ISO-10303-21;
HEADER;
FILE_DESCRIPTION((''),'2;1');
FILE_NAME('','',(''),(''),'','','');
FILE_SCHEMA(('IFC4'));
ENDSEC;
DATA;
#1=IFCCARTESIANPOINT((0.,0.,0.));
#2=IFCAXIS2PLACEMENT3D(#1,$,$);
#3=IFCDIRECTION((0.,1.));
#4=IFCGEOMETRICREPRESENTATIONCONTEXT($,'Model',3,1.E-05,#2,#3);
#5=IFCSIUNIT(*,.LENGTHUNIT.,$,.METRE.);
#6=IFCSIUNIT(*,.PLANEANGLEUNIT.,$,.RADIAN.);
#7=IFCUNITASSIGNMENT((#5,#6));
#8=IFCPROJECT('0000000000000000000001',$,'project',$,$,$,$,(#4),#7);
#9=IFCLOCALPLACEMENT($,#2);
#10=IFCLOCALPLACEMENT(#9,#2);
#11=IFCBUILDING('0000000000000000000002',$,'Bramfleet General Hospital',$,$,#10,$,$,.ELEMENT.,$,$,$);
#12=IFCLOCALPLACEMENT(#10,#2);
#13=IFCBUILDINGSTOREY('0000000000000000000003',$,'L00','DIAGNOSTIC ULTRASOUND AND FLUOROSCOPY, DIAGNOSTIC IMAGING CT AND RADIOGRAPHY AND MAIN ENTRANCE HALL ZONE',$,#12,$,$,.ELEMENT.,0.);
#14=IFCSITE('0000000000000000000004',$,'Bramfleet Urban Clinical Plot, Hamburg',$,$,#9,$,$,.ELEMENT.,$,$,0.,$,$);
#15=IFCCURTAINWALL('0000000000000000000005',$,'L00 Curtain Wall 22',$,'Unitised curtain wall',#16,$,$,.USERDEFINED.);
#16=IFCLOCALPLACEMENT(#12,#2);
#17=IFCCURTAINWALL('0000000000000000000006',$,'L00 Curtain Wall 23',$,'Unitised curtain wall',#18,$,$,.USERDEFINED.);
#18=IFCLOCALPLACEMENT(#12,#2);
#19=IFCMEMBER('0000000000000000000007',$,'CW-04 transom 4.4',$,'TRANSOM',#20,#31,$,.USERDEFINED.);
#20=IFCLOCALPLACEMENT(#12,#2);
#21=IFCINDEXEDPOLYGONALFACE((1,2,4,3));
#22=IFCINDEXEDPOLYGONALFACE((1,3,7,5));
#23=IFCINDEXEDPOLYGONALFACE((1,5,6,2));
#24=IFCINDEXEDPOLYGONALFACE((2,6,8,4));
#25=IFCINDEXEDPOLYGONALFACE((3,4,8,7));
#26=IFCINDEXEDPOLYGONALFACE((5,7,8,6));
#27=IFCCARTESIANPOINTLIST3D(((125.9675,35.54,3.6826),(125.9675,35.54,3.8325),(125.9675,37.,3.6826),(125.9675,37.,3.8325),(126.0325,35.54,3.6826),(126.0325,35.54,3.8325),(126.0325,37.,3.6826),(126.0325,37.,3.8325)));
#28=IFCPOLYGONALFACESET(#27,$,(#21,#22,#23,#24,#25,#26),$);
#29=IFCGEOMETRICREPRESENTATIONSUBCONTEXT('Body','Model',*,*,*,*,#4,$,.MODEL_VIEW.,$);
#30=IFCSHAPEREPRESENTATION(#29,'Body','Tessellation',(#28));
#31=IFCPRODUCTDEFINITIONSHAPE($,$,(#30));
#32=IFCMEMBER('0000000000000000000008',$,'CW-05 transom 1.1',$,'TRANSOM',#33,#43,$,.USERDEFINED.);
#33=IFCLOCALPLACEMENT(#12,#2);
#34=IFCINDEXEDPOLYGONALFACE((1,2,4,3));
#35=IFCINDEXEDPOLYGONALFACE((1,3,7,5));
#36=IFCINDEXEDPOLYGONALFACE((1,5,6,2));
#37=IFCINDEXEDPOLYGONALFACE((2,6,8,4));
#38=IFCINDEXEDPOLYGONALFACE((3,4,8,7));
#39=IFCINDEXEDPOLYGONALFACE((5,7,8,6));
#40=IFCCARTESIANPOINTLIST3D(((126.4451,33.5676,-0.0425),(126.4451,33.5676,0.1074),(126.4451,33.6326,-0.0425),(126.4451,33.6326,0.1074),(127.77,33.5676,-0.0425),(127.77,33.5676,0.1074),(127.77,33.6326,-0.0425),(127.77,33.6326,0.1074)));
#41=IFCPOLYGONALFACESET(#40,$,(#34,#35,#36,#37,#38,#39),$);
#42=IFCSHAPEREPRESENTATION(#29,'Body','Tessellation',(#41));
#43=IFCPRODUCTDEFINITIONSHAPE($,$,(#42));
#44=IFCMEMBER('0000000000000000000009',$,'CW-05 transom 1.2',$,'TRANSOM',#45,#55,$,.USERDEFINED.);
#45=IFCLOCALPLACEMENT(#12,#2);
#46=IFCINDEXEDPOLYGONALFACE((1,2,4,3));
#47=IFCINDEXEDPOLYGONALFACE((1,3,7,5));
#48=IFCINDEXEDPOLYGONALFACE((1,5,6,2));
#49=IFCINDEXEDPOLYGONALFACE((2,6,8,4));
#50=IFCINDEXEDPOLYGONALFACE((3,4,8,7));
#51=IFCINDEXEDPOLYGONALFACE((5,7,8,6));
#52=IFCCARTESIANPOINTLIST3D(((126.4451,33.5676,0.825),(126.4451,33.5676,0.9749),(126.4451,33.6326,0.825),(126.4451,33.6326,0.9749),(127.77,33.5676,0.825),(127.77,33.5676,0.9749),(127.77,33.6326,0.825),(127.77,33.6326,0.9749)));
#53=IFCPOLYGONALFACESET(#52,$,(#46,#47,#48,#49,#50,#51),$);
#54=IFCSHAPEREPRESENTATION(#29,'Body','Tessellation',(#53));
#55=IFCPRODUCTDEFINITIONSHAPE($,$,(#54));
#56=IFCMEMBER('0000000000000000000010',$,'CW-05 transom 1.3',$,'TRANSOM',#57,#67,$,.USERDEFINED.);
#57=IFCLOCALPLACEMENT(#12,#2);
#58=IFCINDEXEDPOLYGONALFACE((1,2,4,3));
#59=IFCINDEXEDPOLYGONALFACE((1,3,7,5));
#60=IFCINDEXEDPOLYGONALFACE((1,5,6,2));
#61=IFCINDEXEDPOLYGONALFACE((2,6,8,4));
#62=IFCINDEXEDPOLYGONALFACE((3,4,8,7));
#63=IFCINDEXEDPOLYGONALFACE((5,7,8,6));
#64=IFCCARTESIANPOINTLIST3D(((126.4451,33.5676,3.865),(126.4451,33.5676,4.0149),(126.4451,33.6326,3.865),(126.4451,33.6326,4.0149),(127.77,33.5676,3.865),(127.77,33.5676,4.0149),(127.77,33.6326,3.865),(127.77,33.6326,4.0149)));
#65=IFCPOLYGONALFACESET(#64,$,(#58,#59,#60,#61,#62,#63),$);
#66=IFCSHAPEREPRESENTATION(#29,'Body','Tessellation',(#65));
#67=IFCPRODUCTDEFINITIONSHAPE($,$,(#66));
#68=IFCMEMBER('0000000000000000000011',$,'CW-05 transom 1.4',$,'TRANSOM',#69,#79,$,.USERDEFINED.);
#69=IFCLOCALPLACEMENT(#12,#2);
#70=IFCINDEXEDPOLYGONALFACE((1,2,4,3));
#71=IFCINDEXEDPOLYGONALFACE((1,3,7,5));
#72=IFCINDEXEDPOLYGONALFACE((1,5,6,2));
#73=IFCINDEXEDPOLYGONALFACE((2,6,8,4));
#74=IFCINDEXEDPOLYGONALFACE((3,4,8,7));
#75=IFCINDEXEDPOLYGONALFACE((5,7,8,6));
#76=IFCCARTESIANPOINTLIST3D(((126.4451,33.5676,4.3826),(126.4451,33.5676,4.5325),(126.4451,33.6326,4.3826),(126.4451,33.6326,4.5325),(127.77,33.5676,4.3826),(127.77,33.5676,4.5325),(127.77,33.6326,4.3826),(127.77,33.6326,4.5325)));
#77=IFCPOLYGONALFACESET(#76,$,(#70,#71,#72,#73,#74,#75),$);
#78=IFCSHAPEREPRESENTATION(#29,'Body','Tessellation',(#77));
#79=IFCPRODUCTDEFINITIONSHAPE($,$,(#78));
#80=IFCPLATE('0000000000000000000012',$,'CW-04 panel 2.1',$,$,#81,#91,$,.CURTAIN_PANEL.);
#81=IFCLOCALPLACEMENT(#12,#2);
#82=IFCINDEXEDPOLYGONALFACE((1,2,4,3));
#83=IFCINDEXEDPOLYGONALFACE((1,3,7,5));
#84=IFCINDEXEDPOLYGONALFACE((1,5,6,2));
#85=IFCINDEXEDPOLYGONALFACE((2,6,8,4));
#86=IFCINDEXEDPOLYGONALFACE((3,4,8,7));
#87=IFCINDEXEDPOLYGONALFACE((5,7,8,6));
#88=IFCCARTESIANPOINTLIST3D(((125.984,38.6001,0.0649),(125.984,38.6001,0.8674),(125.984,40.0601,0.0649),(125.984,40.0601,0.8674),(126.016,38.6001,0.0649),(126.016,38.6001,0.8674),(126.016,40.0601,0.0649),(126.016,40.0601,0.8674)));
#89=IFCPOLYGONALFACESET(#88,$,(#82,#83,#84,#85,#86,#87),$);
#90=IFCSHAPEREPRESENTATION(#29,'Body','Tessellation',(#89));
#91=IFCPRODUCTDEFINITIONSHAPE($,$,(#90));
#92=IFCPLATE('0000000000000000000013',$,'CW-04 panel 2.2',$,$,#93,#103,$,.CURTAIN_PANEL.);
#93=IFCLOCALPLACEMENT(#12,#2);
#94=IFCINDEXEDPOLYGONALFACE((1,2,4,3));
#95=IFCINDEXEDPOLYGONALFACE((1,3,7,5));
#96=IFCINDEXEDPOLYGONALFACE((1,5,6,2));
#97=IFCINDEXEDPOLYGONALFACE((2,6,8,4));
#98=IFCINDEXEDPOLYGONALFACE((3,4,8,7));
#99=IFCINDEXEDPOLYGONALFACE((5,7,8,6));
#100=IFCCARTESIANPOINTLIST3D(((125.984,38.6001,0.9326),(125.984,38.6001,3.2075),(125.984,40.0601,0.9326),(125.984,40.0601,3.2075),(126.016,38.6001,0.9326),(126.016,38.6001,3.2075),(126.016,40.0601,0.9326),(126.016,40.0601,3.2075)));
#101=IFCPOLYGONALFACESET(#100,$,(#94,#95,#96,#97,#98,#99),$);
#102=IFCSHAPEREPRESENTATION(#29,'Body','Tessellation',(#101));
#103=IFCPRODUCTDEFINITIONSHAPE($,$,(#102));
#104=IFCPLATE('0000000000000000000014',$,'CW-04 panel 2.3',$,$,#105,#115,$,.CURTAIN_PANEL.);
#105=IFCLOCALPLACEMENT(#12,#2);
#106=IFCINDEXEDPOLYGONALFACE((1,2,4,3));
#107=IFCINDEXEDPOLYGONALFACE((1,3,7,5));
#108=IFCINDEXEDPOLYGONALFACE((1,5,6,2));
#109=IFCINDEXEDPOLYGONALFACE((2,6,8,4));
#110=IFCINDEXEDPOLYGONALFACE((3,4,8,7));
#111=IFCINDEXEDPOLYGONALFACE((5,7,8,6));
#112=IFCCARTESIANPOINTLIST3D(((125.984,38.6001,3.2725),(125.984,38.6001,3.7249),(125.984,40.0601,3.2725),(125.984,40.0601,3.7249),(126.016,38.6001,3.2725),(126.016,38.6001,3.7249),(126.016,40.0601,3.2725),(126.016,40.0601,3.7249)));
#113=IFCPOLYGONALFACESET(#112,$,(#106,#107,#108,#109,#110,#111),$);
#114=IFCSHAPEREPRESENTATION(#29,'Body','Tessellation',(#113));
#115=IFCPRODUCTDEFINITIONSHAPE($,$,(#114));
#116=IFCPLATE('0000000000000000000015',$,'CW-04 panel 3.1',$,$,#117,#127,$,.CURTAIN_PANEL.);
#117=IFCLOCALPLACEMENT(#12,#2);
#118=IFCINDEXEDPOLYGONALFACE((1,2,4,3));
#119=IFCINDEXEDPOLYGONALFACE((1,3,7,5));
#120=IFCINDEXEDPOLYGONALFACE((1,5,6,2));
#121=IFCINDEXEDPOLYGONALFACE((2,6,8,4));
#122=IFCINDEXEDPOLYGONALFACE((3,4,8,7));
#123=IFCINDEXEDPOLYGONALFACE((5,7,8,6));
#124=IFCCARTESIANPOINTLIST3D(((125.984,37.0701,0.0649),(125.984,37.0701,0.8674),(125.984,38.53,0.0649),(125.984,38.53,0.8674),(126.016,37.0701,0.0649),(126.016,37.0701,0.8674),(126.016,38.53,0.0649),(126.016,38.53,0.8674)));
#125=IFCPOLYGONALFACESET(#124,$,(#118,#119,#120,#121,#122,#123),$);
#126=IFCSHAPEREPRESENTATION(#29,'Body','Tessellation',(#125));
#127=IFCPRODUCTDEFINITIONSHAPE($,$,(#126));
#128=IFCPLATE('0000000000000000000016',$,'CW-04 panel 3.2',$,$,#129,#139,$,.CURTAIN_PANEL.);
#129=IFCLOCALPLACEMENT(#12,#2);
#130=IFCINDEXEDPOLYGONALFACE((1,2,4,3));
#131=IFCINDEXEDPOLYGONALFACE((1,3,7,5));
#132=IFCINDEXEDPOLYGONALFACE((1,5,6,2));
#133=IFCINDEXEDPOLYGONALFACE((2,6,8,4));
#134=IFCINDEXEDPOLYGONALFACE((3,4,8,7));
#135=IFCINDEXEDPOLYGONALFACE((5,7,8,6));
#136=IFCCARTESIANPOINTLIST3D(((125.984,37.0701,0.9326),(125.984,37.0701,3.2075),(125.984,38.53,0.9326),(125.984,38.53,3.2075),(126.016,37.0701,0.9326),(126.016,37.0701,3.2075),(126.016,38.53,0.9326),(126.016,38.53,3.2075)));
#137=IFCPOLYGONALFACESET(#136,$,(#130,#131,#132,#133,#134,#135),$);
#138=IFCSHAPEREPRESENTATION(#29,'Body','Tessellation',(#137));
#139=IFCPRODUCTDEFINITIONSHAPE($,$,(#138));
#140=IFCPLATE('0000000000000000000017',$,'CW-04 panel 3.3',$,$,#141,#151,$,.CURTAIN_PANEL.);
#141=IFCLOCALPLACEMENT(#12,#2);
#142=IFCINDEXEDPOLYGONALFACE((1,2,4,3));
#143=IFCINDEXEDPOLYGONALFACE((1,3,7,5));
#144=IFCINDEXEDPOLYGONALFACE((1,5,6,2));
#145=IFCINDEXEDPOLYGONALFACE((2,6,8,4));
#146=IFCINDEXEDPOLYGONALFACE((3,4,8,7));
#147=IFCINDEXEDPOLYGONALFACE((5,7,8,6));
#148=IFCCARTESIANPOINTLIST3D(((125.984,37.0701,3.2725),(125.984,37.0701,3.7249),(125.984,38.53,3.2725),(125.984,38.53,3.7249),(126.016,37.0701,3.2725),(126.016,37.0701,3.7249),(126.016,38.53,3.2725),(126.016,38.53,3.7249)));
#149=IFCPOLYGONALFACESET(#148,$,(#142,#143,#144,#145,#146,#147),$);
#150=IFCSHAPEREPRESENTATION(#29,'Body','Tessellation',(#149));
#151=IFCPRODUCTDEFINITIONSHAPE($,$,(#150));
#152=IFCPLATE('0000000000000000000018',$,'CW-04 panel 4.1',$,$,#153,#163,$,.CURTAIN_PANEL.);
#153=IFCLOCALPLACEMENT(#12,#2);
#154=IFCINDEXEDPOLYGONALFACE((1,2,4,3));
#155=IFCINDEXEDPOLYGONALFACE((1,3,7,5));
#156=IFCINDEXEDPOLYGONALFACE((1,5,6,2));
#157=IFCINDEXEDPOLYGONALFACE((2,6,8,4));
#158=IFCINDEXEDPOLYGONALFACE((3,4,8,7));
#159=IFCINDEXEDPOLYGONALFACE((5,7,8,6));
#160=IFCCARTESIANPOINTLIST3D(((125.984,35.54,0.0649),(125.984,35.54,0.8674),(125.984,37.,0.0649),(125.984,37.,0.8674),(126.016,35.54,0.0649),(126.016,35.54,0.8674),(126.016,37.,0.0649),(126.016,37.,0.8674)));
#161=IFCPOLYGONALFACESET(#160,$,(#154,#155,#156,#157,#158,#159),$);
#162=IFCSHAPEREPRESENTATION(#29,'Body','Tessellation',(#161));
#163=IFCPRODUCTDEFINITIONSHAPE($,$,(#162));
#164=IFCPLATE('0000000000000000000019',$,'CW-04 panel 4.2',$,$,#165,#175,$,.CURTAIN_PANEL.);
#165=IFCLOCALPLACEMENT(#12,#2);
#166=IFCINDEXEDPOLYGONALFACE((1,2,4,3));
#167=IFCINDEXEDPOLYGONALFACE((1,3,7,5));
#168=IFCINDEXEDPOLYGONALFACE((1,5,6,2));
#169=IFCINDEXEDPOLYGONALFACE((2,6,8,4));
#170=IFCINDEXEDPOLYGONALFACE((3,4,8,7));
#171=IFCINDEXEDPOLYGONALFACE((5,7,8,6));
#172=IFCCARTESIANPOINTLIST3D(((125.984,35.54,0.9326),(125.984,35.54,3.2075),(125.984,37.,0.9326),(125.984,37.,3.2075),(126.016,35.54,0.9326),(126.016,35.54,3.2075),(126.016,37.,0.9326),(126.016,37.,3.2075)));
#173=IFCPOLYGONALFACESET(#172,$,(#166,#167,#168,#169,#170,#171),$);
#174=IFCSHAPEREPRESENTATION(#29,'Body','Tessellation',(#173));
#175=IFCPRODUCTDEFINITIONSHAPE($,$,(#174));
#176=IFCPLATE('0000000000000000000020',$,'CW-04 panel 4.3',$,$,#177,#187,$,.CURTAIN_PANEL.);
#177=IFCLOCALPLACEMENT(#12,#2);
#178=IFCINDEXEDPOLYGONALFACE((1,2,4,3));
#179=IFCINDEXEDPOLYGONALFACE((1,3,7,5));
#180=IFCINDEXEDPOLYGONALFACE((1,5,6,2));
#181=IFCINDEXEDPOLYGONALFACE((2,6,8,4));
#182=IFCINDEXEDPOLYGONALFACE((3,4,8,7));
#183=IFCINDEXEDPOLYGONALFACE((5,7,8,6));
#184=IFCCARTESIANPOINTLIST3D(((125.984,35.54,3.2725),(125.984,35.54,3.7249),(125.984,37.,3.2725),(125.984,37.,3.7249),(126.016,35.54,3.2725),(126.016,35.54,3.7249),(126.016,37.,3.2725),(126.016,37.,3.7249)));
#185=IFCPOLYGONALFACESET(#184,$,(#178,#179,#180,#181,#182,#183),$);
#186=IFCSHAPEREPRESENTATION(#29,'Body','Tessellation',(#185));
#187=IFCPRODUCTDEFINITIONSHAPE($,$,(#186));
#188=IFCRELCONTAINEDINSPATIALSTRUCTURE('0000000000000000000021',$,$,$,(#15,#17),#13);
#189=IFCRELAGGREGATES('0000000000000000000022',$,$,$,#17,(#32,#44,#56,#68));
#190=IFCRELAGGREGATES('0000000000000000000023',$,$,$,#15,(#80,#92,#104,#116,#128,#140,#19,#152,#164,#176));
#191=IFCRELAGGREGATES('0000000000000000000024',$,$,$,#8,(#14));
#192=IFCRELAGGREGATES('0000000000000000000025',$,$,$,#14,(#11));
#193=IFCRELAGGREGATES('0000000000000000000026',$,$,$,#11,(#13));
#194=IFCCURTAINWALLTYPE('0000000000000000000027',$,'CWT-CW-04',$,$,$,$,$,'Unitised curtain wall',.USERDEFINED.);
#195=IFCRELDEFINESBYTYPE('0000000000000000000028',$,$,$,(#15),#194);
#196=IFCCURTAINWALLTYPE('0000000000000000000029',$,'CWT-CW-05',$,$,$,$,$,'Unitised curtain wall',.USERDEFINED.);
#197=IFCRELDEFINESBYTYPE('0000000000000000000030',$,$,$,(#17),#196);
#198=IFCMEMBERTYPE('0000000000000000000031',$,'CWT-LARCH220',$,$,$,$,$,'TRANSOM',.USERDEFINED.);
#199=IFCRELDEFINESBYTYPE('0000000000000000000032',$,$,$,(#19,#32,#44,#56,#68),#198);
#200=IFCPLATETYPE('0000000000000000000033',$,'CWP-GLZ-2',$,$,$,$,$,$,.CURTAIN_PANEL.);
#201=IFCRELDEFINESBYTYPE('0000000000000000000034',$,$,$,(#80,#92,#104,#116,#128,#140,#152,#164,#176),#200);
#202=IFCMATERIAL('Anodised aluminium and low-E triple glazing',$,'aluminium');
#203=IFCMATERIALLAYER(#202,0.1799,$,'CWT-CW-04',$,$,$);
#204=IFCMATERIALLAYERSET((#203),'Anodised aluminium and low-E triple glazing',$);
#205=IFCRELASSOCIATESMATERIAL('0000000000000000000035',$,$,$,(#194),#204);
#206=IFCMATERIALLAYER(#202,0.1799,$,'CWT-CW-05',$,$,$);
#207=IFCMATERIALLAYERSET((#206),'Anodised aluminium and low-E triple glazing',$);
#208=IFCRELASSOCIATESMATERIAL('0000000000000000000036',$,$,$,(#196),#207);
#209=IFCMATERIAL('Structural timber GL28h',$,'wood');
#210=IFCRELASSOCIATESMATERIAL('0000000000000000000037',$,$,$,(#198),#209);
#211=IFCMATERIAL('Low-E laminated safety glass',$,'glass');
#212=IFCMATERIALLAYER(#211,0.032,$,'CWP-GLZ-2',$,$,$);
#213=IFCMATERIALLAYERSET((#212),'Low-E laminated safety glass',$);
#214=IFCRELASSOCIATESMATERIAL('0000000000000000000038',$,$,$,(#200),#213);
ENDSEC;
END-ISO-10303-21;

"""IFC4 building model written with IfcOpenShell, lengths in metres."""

from ifc_helpers import new_model, si_unit, direction, frame, origin, origin_2d, place, context, subcontext, project, spatial, rectangle, extrude, material, layer, layer_set, material_profile, profile_set, type_object, element, aggregate, save


model = new_model("IFC4")

# Units and contexts
model_context = context("Model", 3, precision=1e-05, world=origin(), true_north=direction((0.0, 1.0)))
body_context = subcontext(model_context, "Body", "Model", "MODEL_VIEW")
ifc_project = project(units=[si_unit("LENGTHUNIT", "METRE"), si_unit("PLANEANGLEUNIT", "RADIAN")], contexts=[model_context])

# Site, building, storey
site_placement = place(None, origin())
site = spatial("IfcSite", under=ifc_project, at=site_placement, Name="Bramfleet Urban Clinical Plot, Hamburg", CompositionType="ELEMENT", RefElevation=0.0)
building_placement = place(site_placement, origin())
building = spatial("IfcBuilding", under=site, at=building_placement, Name="Bramfleet General Hospital", CompositionType="ELEMENT")
storey_placement = place(building_placement, origin())
storey = spatial("IfcBuildingStorey", under=building, at=storey_placement, Name="L00", Description="DIAGNOSTIC ULTRASOUND AND FLUOROSCOPY, DIAGNOSTIC IMAGING CT AND RADIOGRAPHY AND MAIN ENTRANCE HALL ZONE", CompositionType="ELEMENT", Elevation=0.0)

# Curtain wall
ifc_material_1 = material(Name="Anodised aluminium and low-E triple glazing", Category="aluminium")
ifc_layer_1 = layer(ifc_material_1, 0.1799, Name="CWT-CW-04")
ifc_layer_set_1 = layer_set([ifc_layer_1], Name="Anodised aluminium and low-E triple glazing")
curtain_wall_type_1 = type_object("IfcCurtainWallType", Name="CWT-CW-04", ElementType="Unitised curtain wall", PredefinedType="USERDEFINED", material=ifc_layer_set_1)
curtain_wall_1_placement = place(storey_placement, origin())
curtain_wall_1 = element("IfcCurtainWall", 1, at=curtain_wall_1_placement, inside=storey, type_object=curtain_wall_type_1, Name="L00 Curtain Wall 22", ObjectType="Unitised curtain wall", PredefinedType="USERDEFINED")
ifc_material_2 = material(Name="Structural timber GL28h", Category="wood")

# Curtain wall
ifc_layer_2 = layer(ifc_material_1, 0.1799, Name="CWT-CW-05")
ifc_layer_set_2 = layer_set([ifc_layer_2], Name="Anodised aluminium and low-E triple glazing")
curtain_wall_type_2 = type_object("IfcCurtainWallType", Name="CWT-CW-05", ElementType="Unitised curtain wall", PredefinedType="USERDEFINED", material=ifc_layer_set_2)
curtain_wall_2_placement = place(storey_placement, origin())
curtain_wall_2 = element("IfcCurtainWall", 2, at=curtain_wall_2_placement, inside=storey, type_object=curtain_wall_type_2, Name="L00 Curtain Wall 23", ObjectType="Unitised curtain wall", PredefinedType="USERDEFINED")

# Members
ifc_material_profile_1 = material_profile(ifc_material_2, rectangle(XDim=0.0649, YDim=0.1499, at=origin_2d()), Name="LARCH 150x65")
ifc_profile_set_1 = profile_set([ifc_material_profile_1], Name="Structural timber GL28h")
member_type_1 = type_object("IfcMemberType", Name="CWT-LARCH220", ElementType="TRANSOM", PredefinedType="USERDEFINED", material=ifc_profile_set_1)
member_1_placement = place(storey_placement, frame((126.0, 37.0, 3.7576), z_axis=(0.0, -1.0, 0.0), x_axis=(1.0, 0.0, 0.0)))
member_1 = element("IfcMember", 3, at=member_1_placement, type_object=member_type_1, Name="CW-04 transom 4.4", ObjectType="TRANSOM", PredefinedType="USERDEFINED", context=body_context, shape_type="SweptSolid", body=[
    extrude(rectangle(XDim=0.0649, YDim=0.1499, at=origin_2d()), origin(), (0.0, 0.0, 1.0), 1.46),
])
member_2_placement = place(storey_placement, frame((126.4451, 33.6001, 0.0325), z_axis=(1.0, 0.0, 0.0), x_axis=(0.0, 1.0, 0.0)))
member_2 = element("IfcMember", 4, at=member_2_placement, type_object=member_type_1, Name="CW-05 transom 1.1", ObjectType="TRANSOM", PredefinedType="USERDEFINED", context=body_context, shape_type="SweptSolid", body=[
    extrude(rectangle(XDim=0.0649, YDim=0.1499, at=origin_2d()), origin(), (0.0, 0.0, 1.0), 1.325),
])
member_3_placement = place(storey_placement, frame((126.4451, 33.6001, 0.8999), z_axis=(1.0, 0.0, 0.0), x_axis=(0.0, 1.0, 0.0)))
member_3 = element("IfcMember", 5, at=member_3_placement, type_object=member_type_1, Name="CW-05 transom 1.2", ObjectType="TRANSOM", PredefinedType="USERDEFINED", context=body_context, shape_type="SweptSolid", body=[
    extrude(rectangle(XDim=0.0649, YDim=0.1499, at=origin_2d()), origin(), (0.0, 0.0, 1.0), 1.325),
])
member_4_placement = place(storey_placement, frame((126.4451, 33.6001, 3.9399), z_axis=(1.0, 0.0, 0.0), x_axis=(0.0, 1.0, 0.0)))
member_4 = element("IfcMember", 6, at=member_4_placement, type_object=member_type_1, Name="CW-05 transom 1.3", ObjectType="TRANSOM", PredefinedType="USERDEFINED", context=body_context, shape_type="SweptSolid", body=[
    extrude(rectangle(XDim=0.0649, YDim=0.1499, at=origin_2d()), origin(), (0.0, 0.0, 1.0), 1.325),
])
member_5_placement = place(storey_placement, frame((126.4451, 33.6001, 4.4575), z_axis=(1.0, 0.0, 0.0), x_axis=(0.0, 1.0, 0.0)))
member_5 = element("IfcMember", 7, at=member_5_placement, type_object=member_type_1, Name="CW-05 transom 1.4", ObjectType="TRANSOM", PredefinedType="USERDEFINED", context=body_context, shape_type="SweptSolid", body=[
    extrude(rectangle(XDim=0.0649, YDim=0.1499, at=origin_2d()), origin(), (0.0, 0.0, 1.0), 1.325),
])
aggregate(curtain_wall_2, [member_2, member_3, member_4, member_5])

# Plates
ifc_material_3 = material(Name="Low-E laminated safety glass", Category="glass")
ifc_layer_3 = layer(ifc_material_3, 0.032, Name="CWP-GLZ-2")
ifc_layer_set_3 = layer_set([ifc_layer_3], Name="Low-E laminated safety glass")
plate_type = type_object("IfcPlateType", Name="CWP-GLZ-2", PredefinedType="CURTAIN_PANEL", material=ifc_layer_set_3)
plate_1_placement = place(storey_placement, frame((126.0, 39.3301, 0.0649), z_axis=(0.0, 0.0, 1.0), x_axis=(0.0, -1.0, 0.0)))
plate_1 = element("IfcPlate", 8, at=plate_1_placement, type_object=plate_type, Name="CW-04 panel 2.1", PredefinedType="CURTAIN_PANEL", context=body_context, shape_type="SweptSolid", body=[
    extrude(rectangle(XDim=1.46, YDim=0.032, at=origin_2d()), origin(), (0.0, 0.0, 1.0), 0.8025),
])
plate_2_placement = place(storey_placement, frame((126.0, 39.3301, 0.9326), z_axis=(0.0, 0.0, 1.0), x_axis=(0.0, -1.0, 0.0)))
plate_2 = element("IfcPlate", 9, at=plate_2_placement, type_object=plate_type, Name="CW-04 panel 2.2", PredefinedType="CURTAIN_PANEL", context=body_context, shape_type="SweptSolid", body=[
    extrude(rectangle(XDim=1.46, YDim=0.032, at=origin_2d()), origin(), (0.0, 0.0, 1.0), 2.2749),
])
plate_3_placement = place(storey_placement, frame((126.0, 39.3301, 3.2725), z_axis=(0.0, 0.0, 1.0), x_axis=(0.0, -1.0, 0.0)))
plate_3 = element("IfcPlate", 10, at=plate_3_placement, type_object=plate_type, Name="CW-04 panel 2.3", PredefinedType="CURTAIN_PANEL", context=body_context, shape_type="SweptSolid", body=[
    extrude(rectangle(XDim=1.46, YDim=0.032, at=origin_2d()), origin(), (0.0, 0.0, 1.0), 0.4524),
])
plate_4_placement = place(storey_placement, frame((126.0, 37.8, 0.0649), z_axis=(0.0, 0.0, 1.0), x_axis=(0.0, -1.0, 0.0)))
plate_4 = element("IfcPlate", 11, at=plate_4_placement, type_object=plate_type, Name="CW-04 panel 3.1", PredefinedType="CURTAIN_PANEL", context=body_context, shape_type="SweptSolid", body=[
    extrude(rectangle(XDim=1.46, YDim=0.032, at=origin_2d()), origin(), (0.0, 0.0, 1.0), 0.8025),
])
plate_5_placement = place(storey_placement, frame((126.0, 37.8, 0.9326), z_axis=(0.0, 0.0, 1.0), x_axis=(0.0, -1.0, 0.0)))
plate_5 = element("IfcPlate", 12, at=plate_5_placement, type_object=plate_type, Name="CW-04 panel 3.2", PredefinedType="CURTAIN_PANEL", context=body_context, shape_type="SweptSolid", body=[
    extrude(rectangle(XDim=1.46, YDim=0.032, at=origin_2d()), origin(), (0.0, 0.0, 1.0), 2.2749),
])
plate_6_placement = place(storey_placement, frame((126.0, 37.8, 3.2725), z_axis=(0.0, 0.0, 1.0), x_axis=(0.0, -1.0, 0.0)))
plate_6 = element("IfcPlate", 13, at=plate_6_placement, type_object=plate_type, Name="CW-04 panel 3.3", PredefinedType="CURTAIN_PANEL", context=body_context, shape_type="SweptSolid", body=[
    extrude(rectangle(XDim=1.46, YDim=0.032, at=origin_2d()), origin(), (0.0, 0.0, 1.0), 0.4524),
])
plate_7_placement = place(storey_placement, frame((126.0, 36.27, 0.0649), z_axis=(0.0, 0.0, 1.0), x_axis=(0.0, -1.0, 0.0)))
plate_7 = element("IfcPlate", 14, at=plate_7_placement, type_object=plate_type, Name="CW-04 panel 4.1", PredefinedType="CURTAIN_PANEL", context=body_context, shape_type="SweptSolid", body=[
    extrude(rectangle(XDim=1.46, YDim=0.032, at=origin_2d()), origin(), (0.0, 0.0, 1.0), 0.8025),
])
plate_8_placement = place(storey_placement, frame((126.0, 36.27, 0.9326), z_axis=(0.0, 0.0, 1.0), x_axis=(0.0, -1.0, 0.0)))
plate_8 = element("IfcPlate", 15, at=plate_8_placement, type_object=plate_type, Name="CW-04 panel 4.2", PredefinedType="CURTAIN_PANEL", context=body_context, shape_type="SweptSolid", body=[
    extrude(rectangle(XDim=1.46, YDim=0.032, at=origin_2d()), origin(), (0.0, 0.0, 1.0), 2.2749),
])
plate_9_placement = place(storey_placement, frame((126.0, 36.27, 3.2725), z_axis=(0.0, 0.0, 1.0), x_axis=(0.0, -1.0, 0.0)))
plate_9 = element("IfcPlate", 16, at=plate_9_placement, type_object=plate_type, Name="CW-04 panel 4.3", PredefinedType="CURTAIN_PANEL", context=body_context, shape_type="SweptSolid", body=[
    extrude(rectangle(XDim=1.46, YDim=0.032, at=origin_2d()), origin(), (0.0, 0.0, 1.0), 0.4524),
])
aggregate(curtain_wall_1, [plate_1, plate_2, plate_3, plate_4, plate_5, plate_6, member_1, plate_7, plate_8, plate_9])

save(model, "model.ifc")
